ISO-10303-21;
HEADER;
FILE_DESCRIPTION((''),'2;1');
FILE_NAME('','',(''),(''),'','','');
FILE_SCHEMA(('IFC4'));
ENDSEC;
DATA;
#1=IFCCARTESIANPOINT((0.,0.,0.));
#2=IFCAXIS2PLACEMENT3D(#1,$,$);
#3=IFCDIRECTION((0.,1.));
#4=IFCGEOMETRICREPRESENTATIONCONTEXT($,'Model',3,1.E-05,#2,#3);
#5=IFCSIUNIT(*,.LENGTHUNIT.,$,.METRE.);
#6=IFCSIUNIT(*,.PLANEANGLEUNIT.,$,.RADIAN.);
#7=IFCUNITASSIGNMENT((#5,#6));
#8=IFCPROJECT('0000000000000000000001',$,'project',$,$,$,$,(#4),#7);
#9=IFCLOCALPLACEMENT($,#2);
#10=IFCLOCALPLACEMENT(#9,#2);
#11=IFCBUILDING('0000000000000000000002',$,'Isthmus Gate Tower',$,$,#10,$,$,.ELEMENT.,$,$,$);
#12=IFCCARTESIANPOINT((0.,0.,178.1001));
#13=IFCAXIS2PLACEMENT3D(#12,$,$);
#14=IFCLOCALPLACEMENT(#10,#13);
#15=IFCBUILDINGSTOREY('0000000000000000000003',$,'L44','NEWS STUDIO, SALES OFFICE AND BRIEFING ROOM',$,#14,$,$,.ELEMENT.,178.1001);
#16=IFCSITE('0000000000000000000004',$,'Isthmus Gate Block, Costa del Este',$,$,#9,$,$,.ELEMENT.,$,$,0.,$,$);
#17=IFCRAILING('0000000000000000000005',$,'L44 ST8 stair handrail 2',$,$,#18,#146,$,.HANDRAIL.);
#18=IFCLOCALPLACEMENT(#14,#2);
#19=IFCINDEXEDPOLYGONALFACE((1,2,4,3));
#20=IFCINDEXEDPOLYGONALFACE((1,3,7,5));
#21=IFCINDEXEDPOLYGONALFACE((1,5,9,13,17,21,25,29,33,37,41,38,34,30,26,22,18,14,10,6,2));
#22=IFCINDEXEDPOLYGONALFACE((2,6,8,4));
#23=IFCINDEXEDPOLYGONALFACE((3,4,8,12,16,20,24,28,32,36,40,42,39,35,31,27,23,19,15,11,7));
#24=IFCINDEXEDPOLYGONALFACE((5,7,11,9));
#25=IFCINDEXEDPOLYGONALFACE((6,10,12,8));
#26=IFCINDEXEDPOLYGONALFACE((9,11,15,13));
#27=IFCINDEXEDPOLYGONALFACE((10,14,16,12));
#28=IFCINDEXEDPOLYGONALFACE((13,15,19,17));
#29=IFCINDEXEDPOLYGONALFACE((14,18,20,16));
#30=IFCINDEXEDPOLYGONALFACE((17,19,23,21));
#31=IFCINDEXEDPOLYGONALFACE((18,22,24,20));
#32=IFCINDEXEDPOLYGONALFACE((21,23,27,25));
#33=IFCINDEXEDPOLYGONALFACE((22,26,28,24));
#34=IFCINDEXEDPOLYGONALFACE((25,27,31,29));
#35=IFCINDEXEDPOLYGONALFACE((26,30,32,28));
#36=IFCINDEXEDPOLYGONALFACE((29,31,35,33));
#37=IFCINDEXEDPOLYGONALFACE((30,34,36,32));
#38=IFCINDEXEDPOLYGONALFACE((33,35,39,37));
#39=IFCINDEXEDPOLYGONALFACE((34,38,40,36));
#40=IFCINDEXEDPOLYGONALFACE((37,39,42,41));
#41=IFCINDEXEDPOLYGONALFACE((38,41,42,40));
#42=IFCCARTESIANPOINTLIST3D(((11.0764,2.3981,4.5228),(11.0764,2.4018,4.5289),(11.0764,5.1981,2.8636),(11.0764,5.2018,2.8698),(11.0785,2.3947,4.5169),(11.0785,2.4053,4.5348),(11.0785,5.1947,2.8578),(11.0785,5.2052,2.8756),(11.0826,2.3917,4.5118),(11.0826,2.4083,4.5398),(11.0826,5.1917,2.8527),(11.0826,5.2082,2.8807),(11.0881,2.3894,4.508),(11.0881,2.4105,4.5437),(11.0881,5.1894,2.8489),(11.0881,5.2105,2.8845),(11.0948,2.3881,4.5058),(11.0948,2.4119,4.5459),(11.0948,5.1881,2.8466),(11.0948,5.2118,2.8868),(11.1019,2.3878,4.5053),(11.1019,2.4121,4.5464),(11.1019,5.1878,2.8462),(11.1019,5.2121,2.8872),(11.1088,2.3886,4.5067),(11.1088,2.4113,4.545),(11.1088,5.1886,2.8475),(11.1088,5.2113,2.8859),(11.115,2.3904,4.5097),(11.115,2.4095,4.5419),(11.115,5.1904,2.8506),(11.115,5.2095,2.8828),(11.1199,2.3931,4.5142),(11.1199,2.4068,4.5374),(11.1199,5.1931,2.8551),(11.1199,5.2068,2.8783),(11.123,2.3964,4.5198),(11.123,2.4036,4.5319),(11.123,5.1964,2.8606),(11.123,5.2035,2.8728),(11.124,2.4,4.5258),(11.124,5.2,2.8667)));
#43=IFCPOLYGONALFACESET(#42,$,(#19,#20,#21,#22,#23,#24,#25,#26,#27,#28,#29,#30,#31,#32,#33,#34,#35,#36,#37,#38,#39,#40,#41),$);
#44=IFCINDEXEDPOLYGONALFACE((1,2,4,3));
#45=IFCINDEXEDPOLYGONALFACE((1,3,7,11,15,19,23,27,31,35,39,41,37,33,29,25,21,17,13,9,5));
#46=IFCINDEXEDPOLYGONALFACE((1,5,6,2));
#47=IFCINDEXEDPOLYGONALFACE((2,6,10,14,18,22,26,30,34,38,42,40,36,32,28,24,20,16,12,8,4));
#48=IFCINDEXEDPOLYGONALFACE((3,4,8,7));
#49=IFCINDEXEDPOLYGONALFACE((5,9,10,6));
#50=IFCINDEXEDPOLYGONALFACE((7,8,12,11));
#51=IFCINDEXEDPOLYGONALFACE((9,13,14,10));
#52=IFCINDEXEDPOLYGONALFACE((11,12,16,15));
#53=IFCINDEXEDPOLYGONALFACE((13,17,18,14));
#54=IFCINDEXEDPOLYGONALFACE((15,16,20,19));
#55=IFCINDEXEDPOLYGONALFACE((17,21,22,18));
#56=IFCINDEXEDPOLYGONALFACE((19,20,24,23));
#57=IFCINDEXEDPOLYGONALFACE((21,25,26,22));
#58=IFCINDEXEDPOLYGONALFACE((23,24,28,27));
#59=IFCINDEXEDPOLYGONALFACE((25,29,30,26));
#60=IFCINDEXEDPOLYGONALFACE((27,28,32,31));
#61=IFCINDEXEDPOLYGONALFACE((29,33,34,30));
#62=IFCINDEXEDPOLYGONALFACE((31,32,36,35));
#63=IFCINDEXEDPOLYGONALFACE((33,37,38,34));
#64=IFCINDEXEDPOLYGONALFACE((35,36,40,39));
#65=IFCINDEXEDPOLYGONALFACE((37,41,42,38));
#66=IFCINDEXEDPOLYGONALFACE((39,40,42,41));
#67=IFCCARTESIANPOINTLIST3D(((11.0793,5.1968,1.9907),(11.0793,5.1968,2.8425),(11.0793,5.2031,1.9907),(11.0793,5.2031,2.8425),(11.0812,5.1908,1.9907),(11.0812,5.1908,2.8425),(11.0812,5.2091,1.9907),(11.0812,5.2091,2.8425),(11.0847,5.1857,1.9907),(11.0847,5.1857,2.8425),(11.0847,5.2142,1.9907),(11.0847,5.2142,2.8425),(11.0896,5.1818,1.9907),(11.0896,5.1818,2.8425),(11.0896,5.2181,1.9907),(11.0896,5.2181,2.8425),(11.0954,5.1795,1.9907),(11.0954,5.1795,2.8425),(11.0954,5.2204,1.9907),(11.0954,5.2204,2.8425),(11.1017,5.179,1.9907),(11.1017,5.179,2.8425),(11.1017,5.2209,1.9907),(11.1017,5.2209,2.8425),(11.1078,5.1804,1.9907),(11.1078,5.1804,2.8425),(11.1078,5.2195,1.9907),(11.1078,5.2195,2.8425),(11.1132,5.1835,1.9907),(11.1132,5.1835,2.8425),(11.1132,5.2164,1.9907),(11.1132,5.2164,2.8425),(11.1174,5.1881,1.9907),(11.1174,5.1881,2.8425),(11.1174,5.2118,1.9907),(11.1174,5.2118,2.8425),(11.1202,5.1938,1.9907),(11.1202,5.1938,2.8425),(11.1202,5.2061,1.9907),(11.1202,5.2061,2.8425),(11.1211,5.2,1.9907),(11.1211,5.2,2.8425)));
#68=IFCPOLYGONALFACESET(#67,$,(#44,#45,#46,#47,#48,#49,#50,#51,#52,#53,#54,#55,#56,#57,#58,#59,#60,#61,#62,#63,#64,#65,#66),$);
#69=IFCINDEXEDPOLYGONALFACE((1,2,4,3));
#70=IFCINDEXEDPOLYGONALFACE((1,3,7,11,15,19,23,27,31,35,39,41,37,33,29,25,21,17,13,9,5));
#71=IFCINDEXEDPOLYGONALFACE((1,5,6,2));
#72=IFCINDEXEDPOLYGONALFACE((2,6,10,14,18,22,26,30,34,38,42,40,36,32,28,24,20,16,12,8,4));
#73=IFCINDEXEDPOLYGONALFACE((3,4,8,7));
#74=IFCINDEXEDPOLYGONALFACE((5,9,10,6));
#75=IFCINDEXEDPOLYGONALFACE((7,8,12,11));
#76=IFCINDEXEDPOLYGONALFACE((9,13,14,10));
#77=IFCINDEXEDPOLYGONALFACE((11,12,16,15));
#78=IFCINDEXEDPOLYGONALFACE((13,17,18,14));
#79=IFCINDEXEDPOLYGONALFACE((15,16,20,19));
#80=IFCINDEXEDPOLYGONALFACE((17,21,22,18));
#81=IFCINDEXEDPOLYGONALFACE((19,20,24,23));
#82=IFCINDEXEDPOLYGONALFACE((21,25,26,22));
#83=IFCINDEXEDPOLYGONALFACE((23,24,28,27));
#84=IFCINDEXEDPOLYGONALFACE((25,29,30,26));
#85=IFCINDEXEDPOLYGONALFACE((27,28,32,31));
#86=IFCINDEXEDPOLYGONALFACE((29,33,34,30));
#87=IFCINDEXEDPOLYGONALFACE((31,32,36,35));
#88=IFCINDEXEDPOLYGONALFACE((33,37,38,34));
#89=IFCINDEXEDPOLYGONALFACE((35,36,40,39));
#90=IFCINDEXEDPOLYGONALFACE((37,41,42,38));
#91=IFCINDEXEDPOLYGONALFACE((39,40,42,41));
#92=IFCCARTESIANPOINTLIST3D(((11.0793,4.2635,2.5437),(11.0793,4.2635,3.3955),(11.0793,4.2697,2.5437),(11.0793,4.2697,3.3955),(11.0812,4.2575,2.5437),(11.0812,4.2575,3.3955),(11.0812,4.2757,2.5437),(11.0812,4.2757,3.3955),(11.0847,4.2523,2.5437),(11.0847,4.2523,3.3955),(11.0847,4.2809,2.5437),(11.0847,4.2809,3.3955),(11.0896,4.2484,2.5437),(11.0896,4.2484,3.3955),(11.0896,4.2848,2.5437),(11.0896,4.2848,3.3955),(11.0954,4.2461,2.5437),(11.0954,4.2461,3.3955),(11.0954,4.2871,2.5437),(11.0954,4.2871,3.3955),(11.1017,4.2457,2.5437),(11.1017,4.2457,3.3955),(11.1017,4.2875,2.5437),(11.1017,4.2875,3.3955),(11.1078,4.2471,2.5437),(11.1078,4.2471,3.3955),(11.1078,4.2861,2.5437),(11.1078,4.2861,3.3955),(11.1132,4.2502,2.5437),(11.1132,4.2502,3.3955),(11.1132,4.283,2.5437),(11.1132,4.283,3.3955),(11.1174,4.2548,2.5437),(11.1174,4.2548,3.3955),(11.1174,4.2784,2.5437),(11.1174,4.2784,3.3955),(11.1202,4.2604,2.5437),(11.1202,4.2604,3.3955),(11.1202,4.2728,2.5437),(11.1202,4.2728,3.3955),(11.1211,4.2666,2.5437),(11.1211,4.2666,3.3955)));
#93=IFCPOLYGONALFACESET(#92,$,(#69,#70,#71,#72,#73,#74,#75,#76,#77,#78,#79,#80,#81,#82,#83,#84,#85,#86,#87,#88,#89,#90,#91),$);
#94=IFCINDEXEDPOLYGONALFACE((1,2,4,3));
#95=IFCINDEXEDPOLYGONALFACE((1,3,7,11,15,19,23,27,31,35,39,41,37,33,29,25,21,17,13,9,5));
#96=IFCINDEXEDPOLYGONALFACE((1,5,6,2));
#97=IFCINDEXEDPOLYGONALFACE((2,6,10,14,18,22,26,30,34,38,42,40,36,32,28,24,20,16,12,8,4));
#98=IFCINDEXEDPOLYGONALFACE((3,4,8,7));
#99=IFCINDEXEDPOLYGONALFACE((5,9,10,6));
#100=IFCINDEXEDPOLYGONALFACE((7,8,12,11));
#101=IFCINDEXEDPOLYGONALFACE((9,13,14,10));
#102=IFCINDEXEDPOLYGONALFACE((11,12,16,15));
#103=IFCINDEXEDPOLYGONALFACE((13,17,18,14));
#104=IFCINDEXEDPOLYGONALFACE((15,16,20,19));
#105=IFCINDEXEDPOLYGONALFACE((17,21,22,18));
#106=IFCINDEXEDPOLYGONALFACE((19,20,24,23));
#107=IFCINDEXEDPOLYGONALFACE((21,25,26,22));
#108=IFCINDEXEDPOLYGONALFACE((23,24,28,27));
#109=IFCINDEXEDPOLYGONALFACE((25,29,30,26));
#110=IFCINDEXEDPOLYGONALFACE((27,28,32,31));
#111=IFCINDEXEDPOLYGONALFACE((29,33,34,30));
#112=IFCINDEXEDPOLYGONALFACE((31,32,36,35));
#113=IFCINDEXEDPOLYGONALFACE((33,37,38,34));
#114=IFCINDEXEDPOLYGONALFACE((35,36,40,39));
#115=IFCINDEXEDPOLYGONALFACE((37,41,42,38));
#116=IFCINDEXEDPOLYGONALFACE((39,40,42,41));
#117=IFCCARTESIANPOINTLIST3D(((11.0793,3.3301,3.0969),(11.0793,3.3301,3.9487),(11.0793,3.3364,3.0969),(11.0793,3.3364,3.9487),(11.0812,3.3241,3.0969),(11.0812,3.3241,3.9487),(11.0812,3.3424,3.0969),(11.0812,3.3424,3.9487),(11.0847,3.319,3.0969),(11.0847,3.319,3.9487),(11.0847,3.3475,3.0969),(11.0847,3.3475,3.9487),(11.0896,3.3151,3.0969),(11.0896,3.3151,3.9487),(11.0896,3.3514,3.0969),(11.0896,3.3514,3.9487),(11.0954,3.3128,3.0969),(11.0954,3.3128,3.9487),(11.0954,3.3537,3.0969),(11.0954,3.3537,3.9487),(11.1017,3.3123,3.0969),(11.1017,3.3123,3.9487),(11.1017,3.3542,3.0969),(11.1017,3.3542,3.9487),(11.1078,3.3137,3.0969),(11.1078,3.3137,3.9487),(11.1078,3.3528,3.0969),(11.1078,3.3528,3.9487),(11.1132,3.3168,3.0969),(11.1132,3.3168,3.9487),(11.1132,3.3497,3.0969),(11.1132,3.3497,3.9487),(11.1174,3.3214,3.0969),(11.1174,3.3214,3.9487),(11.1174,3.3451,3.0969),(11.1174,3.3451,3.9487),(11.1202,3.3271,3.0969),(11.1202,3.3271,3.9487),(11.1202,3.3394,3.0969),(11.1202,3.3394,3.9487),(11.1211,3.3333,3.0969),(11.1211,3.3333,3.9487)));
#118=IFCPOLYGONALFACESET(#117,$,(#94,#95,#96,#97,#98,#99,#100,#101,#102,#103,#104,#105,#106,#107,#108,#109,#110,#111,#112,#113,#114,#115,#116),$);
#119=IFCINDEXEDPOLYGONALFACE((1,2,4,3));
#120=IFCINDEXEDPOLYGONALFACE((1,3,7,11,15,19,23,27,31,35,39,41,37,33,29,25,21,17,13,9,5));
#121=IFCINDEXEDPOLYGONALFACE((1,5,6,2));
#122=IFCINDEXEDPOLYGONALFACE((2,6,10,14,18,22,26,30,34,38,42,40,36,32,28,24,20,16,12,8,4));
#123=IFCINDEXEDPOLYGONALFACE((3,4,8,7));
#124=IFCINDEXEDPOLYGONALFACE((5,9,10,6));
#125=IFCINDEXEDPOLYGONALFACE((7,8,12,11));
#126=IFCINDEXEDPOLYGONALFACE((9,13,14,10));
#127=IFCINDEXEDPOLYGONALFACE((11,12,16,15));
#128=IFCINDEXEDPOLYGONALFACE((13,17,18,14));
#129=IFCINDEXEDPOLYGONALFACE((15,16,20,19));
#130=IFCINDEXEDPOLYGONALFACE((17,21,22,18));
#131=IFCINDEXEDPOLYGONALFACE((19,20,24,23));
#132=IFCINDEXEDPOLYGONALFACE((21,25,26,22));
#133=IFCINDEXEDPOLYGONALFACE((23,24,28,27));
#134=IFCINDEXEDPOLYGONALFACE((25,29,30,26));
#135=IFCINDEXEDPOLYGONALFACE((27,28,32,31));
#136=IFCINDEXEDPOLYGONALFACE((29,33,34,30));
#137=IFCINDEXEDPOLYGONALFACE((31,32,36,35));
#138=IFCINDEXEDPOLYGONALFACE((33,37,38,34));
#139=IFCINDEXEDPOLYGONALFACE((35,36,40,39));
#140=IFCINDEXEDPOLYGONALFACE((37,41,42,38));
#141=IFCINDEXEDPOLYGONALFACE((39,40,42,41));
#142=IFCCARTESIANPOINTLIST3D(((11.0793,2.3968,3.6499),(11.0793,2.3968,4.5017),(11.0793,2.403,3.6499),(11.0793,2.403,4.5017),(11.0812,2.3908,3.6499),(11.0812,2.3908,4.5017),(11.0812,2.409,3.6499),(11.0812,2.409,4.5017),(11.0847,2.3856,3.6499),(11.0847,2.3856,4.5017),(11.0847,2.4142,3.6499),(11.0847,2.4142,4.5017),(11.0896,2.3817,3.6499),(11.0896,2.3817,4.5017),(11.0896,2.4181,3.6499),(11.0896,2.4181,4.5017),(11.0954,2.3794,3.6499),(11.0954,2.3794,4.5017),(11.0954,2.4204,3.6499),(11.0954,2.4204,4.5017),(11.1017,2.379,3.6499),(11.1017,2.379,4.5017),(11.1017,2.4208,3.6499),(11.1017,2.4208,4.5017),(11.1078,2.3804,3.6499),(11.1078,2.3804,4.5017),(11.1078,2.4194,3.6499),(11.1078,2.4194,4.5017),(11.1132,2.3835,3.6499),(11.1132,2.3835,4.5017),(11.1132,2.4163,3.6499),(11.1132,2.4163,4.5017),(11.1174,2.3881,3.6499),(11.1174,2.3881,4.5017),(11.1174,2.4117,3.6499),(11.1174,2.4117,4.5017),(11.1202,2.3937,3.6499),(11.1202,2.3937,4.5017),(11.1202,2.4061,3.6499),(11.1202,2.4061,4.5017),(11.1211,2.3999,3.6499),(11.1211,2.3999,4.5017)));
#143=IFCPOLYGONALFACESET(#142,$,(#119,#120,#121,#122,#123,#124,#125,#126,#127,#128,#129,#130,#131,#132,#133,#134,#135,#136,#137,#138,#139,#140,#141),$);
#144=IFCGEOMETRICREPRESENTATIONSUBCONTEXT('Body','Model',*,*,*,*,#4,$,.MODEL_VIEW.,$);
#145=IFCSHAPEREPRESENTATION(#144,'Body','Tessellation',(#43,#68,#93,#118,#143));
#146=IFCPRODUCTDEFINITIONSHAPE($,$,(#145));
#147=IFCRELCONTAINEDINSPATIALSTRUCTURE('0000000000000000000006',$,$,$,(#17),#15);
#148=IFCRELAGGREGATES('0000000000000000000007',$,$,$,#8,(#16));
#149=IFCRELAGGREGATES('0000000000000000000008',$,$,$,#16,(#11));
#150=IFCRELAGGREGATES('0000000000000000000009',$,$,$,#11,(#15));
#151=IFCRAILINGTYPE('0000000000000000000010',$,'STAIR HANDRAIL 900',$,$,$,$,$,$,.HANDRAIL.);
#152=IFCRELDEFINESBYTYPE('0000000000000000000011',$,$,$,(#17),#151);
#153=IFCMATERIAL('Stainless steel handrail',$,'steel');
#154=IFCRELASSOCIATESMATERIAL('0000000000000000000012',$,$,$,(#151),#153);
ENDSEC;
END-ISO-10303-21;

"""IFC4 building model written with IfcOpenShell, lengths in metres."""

from ifc_helpers import new_model, si_unit, direction, frame, origin, origin_2d, place, context, subcontext, project, spatial, circle, extrude, material, type_object, element, save


model = new_model("IFC4")

# Units and contexts
model_context = context("Model", 3, precision=1e-05, world=origin(), true_north=direction((0.0, 1.0)))
body_context = subcontext(model_context, "Body", "Model", "MODEL_VIEW")
ifc_project = project(units=[si_unit("LENGTHUNIT", "METRE"), si_unit("PLANEANGLEUNIT", "RADIAN")], contexts=[model_context])

# Site, building, storey
site_placement = place(None, origin())
site = spatial("IfcSite", under=ifc_project, at=site_placement, Name="Isthmus Gate Block, Costa del Este", CompositionType="ELEMENT", RefElevation=0.0)
building_placement = place(site_placement, origin())
building = spatial("IfcBuilding", under=site, at=building_placement, Name="Isthmus Gate Tower", CompositionType="ELEMENT")
storey_placement = place(building_placement, frame((0.0, 0.0, 178.1001)))
storey = spatial("IfcBuildingStorey", under=building, at=storey_placement, Name="L44", Description="NEWS STUDIO, SALES OFFICE AND BRIEFING ROOM", CompositionType="ELEMENT", Elevation=178.1001)

# Railing
ifc_material_1 = material(Name="Stainless steel handrail", Category="steel")
railing_type_1 = type_object("IfcRailingType", Name="STAIR HANDRAIL 900", PredefinedType="HANDRAIL", material=ifc_material_1)
for number, where, name in (
    (1, (11.1001, 5.2, 1.9907), "L44 ST8 stair handrail 2"),
):
    element("IfcRailing", number, at=place(storey_placement, frame(where)), inside=storey, type_object=railing_type_1, Name=name, PredefinedType="HANDRAIL", context=body_context, shape_type="SweptSolid", body=[
        extrude(circle(Radius=0.0239, at=origin_2d()), frame((0.0, 0.0, 0.876), z_axis=(0.0, -0.860306, 0.509778), x_axis=(1.0, 0.0, 0.0)), (0.0, 0.0, 1.0), 3.2546),
        extrude(circle(Radius=0.021, at=origin_2d()), origin(), (0.0, 0.0, 1.0), 0.8518),
        extrude(circle(Radius=0.021, at=origin_2d()), frame((0.0, -0.9333, 0.553)), (0.0, 0.0, 1.0), 0.8518),
        extrude(circle(Radius=0.021, at=origin_2d()), frame((0.0, -1.8667, 1.1062)), (0.0, 0.0, 1.0), 0.8518),
        extrude(circle(Radius=0.021, at=origin_2d()), frame((0.0, -2.8, 1.6592)), (0.0, 0.0, 1.0), 0.8518),
    ])

save(model, "model.ifc")
